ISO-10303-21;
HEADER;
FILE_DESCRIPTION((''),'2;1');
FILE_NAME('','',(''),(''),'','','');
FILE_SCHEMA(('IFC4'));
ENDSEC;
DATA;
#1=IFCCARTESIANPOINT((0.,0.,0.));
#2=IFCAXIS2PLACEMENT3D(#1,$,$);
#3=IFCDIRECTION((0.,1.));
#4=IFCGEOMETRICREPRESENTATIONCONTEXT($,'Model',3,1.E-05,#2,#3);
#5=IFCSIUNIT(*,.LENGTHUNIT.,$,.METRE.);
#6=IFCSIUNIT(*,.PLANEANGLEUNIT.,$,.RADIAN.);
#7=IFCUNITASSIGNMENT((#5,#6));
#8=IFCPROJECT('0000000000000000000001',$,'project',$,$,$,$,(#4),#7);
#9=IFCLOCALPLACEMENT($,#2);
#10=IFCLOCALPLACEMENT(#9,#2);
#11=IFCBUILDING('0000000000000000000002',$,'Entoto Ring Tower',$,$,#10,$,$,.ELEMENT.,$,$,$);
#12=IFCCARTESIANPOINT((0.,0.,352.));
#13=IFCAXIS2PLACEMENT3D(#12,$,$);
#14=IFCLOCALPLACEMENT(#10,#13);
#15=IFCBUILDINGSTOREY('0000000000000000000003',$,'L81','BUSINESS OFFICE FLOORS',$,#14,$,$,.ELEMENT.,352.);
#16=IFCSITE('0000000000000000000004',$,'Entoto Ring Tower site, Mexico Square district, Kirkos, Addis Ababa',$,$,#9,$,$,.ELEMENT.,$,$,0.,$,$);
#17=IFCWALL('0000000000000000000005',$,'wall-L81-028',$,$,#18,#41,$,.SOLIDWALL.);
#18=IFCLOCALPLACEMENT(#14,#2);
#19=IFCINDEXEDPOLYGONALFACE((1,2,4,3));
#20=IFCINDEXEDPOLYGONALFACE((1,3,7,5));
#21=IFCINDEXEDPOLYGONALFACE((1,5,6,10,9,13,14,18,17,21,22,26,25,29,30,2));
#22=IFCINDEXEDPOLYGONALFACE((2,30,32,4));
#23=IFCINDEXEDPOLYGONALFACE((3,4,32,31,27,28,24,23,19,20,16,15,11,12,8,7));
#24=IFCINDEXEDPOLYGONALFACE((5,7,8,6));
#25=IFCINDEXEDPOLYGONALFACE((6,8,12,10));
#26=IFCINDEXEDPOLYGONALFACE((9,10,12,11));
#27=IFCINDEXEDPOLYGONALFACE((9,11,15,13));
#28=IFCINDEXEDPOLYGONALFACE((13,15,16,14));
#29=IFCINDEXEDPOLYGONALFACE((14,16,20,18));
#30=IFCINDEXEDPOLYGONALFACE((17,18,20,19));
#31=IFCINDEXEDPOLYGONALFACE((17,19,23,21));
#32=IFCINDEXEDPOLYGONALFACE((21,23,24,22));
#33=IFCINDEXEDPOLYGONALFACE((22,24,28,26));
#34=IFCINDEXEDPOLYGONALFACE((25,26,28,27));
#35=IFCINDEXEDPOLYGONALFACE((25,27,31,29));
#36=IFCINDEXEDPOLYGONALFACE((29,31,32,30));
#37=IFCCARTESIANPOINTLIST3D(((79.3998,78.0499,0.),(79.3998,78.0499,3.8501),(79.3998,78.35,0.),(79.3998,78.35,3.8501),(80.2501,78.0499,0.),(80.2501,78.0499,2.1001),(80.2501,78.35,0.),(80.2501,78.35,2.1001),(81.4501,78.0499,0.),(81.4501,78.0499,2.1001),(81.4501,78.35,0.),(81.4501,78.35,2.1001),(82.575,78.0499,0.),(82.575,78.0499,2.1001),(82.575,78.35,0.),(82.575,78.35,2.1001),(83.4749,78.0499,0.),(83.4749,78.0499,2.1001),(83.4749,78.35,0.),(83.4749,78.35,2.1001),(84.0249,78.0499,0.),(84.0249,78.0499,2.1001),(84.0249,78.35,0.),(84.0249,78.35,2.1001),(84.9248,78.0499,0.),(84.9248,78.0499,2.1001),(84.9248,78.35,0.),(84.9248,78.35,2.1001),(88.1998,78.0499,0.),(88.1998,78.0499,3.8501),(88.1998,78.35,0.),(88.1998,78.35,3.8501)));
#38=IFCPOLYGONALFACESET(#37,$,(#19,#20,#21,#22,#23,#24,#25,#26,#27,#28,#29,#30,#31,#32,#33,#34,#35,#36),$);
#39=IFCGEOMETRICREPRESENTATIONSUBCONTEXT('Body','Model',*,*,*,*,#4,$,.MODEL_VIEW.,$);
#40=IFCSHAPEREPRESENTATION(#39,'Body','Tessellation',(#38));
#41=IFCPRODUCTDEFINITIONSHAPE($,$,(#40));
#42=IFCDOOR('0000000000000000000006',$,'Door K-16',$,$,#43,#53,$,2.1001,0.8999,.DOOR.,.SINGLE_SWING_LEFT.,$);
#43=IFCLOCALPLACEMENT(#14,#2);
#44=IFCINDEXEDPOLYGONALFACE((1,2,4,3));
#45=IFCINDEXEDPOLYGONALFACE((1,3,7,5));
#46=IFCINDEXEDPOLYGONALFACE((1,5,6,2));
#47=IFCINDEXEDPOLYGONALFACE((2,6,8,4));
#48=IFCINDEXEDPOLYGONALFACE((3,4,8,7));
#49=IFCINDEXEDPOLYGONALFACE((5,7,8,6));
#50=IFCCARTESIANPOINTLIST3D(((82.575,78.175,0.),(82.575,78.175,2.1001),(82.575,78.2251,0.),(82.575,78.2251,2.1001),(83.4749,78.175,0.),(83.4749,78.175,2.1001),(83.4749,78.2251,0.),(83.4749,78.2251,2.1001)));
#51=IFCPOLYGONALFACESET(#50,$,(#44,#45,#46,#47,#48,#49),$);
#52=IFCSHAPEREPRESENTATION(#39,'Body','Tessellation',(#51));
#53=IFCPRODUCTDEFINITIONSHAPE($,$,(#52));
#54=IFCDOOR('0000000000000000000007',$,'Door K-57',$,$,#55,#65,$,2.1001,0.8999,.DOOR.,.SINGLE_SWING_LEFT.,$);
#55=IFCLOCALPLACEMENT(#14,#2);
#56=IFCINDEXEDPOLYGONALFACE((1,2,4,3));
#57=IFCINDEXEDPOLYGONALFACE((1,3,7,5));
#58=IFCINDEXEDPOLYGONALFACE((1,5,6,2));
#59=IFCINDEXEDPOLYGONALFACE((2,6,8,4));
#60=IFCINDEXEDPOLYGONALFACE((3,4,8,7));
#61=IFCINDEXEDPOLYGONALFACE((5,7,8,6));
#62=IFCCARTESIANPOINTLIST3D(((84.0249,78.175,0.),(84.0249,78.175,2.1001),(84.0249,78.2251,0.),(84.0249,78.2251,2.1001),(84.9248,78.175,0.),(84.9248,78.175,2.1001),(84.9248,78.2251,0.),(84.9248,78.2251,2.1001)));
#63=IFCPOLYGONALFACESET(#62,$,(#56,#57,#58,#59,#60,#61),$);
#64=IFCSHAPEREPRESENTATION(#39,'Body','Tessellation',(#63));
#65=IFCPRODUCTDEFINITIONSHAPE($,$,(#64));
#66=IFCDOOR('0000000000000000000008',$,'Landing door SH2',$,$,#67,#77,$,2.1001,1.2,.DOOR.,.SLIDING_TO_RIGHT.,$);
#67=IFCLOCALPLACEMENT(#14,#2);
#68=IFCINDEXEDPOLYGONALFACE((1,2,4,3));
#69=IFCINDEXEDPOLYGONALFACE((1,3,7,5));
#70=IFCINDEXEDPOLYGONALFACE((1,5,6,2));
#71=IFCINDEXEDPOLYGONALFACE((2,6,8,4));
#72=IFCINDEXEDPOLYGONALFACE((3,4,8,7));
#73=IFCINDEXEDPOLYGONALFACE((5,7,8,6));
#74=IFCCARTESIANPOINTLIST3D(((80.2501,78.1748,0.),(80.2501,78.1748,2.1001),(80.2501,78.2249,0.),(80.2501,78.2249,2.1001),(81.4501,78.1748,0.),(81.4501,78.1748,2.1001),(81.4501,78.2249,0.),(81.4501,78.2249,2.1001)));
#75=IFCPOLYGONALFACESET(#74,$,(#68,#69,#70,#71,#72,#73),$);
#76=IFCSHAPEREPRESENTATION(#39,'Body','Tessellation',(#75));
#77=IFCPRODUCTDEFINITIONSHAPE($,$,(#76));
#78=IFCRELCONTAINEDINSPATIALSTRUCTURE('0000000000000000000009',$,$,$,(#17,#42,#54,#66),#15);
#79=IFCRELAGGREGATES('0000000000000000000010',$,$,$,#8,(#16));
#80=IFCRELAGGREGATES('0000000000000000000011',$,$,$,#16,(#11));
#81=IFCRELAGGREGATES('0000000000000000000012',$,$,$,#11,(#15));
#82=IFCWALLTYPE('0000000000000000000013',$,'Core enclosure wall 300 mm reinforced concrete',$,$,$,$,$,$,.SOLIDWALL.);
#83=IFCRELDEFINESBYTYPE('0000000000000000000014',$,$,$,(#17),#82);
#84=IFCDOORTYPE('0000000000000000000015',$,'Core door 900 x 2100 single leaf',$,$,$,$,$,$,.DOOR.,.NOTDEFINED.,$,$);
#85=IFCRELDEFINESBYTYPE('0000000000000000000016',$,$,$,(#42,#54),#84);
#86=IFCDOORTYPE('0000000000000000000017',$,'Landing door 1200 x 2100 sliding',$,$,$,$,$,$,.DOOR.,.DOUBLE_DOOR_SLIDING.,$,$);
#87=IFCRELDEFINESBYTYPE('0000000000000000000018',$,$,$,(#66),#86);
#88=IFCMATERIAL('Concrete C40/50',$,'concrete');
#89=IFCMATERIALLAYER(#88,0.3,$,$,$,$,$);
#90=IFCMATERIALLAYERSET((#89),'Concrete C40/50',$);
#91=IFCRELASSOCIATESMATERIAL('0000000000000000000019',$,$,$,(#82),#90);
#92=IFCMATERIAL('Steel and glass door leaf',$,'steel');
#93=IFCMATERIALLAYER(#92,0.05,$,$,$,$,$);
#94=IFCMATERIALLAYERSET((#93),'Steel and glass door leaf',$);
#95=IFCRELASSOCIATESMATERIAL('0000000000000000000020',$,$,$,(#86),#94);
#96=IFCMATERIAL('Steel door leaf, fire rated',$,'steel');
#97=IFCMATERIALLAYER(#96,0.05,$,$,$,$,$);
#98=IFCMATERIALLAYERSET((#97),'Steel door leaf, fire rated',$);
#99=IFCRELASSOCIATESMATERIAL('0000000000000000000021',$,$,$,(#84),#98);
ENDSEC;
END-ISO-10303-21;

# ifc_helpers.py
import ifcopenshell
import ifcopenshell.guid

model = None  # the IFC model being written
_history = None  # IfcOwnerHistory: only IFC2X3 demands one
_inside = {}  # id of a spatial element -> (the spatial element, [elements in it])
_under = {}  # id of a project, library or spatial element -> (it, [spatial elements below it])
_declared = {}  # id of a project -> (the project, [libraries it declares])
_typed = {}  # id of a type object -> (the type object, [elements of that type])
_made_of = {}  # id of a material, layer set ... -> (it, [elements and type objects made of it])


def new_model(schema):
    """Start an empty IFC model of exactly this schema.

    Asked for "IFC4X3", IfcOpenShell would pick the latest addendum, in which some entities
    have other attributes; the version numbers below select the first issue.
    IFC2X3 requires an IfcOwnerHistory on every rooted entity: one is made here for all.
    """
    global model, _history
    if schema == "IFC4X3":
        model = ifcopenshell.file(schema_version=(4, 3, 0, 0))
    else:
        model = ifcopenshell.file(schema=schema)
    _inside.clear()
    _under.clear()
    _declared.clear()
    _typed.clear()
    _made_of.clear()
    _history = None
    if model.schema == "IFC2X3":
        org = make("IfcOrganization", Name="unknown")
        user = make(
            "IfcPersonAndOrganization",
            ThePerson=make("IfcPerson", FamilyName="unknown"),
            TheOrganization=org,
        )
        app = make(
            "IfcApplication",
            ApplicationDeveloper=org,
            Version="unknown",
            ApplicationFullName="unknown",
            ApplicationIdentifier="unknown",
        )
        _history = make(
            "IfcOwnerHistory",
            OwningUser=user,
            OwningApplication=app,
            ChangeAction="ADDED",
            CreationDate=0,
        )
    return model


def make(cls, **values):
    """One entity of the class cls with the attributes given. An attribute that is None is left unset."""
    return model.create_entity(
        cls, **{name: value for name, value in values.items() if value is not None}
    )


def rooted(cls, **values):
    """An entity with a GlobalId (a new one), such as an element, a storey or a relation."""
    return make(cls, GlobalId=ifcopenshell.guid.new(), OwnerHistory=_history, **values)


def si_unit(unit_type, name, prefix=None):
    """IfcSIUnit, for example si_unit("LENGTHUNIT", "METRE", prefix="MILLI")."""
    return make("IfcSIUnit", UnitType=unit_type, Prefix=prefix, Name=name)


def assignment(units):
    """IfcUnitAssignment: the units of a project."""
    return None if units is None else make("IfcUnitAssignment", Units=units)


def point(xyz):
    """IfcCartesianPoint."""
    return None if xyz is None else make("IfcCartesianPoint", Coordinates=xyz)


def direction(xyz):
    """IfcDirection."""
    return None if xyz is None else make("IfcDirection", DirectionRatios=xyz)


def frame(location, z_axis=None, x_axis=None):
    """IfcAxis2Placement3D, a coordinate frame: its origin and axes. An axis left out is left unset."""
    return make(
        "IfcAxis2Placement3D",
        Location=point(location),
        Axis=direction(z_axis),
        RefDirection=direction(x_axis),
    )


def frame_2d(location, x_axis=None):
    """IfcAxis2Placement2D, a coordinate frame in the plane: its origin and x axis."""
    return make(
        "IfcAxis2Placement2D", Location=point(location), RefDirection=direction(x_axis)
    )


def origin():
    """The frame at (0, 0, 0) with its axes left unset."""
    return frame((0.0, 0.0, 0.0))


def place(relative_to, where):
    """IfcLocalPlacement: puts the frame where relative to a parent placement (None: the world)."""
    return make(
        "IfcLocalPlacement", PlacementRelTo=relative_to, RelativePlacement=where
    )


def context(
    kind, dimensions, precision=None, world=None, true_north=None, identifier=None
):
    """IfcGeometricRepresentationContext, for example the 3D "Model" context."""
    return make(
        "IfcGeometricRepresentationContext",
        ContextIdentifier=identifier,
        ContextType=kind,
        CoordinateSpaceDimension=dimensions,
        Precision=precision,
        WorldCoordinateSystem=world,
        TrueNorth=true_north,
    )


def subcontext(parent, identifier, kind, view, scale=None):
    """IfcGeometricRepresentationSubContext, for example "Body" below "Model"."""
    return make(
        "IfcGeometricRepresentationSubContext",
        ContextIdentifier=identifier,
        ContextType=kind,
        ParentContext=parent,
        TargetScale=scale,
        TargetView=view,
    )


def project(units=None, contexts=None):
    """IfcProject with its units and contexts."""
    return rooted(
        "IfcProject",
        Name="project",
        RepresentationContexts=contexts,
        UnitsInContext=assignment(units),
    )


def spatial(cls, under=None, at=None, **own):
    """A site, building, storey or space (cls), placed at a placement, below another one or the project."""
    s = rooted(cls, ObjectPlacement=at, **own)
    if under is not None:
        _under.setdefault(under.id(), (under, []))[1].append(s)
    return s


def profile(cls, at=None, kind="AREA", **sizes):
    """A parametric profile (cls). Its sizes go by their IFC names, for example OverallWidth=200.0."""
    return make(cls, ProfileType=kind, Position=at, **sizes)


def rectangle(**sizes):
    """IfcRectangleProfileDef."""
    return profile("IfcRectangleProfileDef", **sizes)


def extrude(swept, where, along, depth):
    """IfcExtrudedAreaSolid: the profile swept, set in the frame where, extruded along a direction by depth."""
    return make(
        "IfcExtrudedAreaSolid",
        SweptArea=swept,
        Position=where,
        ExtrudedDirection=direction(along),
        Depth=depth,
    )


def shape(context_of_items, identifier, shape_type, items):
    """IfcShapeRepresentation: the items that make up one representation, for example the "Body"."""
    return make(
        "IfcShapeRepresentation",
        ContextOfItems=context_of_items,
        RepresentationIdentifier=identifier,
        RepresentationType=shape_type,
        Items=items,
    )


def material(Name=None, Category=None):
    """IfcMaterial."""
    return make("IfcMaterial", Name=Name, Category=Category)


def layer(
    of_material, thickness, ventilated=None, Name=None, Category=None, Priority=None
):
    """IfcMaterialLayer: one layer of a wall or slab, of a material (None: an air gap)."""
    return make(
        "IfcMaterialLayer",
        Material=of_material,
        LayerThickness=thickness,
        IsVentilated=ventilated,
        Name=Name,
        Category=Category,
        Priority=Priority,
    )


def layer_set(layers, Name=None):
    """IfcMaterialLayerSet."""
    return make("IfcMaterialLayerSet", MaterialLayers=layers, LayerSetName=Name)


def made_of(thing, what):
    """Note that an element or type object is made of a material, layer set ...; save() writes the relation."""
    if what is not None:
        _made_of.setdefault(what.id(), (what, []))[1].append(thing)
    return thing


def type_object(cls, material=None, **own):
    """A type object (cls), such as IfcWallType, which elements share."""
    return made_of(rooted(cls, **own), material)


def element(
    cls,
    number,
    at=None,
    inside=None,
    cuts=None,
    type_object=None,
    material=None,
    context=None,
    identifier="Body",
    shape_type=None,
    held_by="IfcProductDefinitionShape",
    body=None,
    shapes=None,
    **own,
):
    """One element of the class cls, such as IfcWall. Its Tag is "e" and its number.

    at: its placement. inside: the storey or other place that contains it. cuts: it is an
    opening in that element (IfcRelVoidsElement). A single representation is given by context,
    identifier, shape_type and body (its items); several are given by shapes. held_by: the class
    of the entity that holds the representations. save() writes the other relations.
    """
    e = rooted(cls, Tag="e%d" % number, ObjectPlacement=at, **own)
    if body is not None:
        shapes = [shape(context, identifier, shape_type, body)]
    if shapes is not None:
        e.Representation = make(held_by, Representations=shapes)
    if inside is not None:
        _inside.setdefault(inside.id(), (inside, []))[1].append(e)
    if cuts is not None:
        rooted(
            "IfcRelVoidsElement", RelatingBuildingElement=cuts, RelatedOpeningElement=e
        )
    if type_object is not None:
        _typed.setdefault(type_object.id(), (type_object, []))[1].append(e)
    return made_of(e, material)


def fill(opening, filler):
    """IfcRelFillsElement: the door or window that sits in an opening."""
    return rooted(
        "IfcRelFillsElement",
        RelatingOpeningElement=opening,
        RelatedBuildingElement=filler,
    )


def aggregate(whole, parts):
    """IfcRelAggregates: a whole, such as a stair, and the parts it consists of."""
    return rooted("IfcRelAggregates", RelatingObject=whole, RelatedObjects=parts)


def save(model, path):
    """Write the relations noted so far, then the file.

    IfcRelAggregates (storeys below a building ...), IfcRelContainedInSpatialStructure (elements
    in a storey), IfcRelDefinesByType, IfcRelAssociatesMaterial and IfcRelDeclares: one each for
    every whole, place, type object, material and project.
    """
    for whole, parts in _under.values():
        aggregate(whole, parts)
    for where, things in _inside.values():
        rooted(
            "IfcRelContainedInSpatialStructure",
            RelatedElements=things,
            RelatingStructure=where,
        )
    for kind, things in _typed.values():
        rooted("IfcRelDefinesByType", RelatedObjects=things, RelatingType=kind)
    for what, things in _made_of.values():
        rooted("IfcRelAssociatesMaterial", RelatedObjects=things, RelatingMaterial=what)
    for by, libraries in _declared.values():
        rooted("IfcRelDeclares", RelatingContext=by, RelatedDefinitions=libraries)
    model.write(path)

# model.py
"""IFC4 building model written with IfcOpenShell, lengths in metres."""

from ifc_helpers import new_model, si_unit, direction, frame, frame_2d, origin, place, context, subcontext, project, spatial, rectangle, extrude, material, layer, layer_set, type_object, element, fill, save


model = new_model("IFC4")

# Units and contexts
model_context = context("Model", 3, precision=1e-05, world=origin(), true_north=direction((0.0, 1.0)))
body_context = subcontext(model_context, "Body", "Model", "MODEL_VIEW")
ifc_project = project(units=[si_unit("LENGTHUNIT", "METRE"), si_unit("PLANEANGLEUNIT", "RADIAN")], contexts=[model_context])

# Site, building, storey
site_placement = place(None, origin())
site = spatial("IfcSite", under=ifc_project, at=site_placement, Name="Entoto Ring Tower site, Mexico Square district, Kirkos, Addis Ababa", CompositionType="ELEMENT", RefElevation=0.0)
building_placement = place(site_placement, origin())
building = spatial("IfcBuilding", under=site, at=building_placement, Name="Entoto Ring Tower", CompositionType="ELEMENT")
storey_placement = place(building_placement, frame((0.0, 0.0, 352.0)))
storey = spatial("IfcBuildingStorey", under=building, at=storey_placement, Name="L81", Description="BUSINESS OFFICE FLOORS", CompositionType="ELEMENT", Elevation=352.0)

# Shared definitions
ifc_material_1 = material(Name="Concrete C40/50", Category="concrete")
ifc_layer_1 = layer(ifc_material_1, 0.3)
ifc_layer_set_1 = layer_set([ifc_layer_1], Name="Concrete C40/50")
wall_type_1 = type_object("IfcWallType", Name="Core enclosure wall 300 mm reinforced concrete", PredefinedType="SOLIDWALL", material=ifc_layer_set_1)
ifc_material_2 = material(Name="Steel and glass door leaf", Category="steel")
ifc_layer_2 = layer(ifc_material_2, 0.05)
ifc_layer_set_2 = layer_set([ifc_layer_2], Name="Steel and glass door leaf")
door_type_1 = type_object("IfcDoorType", Name="Landing door 1200 x 2100 sliding", OperationType="DOUBLE_DOOR_SLIDING", PredefinedType="DOOR", material=ifc_layer_set_2)

# Wall, openings, doors
wall_1_placement = place(storey_placement, frame((79.3999, 78.2, 0.0), z_axis=(0.0, 0.0, 1.0), x_axis=(1.0, 0.0, 0.0)))
wall_1 = element("IfcWall", 1, at=wall_1_placement, inside=storey, type_object=wall_type_1, Name="wall-L81-028", PredefinedType="SOLIDWALL", context=body_context, shape_type="SweptSolid", body=[
    extrude(rectangle(XDim=8.8, YDim=0.3, at=frame_2d((4.3999, 0.0))), origin(), (0.0, 0.0, 1.0), 3.8501),
])
opening_1_placement = place(wall_1_placement, frame((0.8501, 0.0, 0.0)))
opening_1 = element("IfcOpeningElement", 2, at=opening_1_placement, cuts=wall_1, PredefinedType="OPENING", context=body_context, shape_type="SweptSolid", body=[
    extrude(rectangle(XDim=1.2, YDim=2.1001, at=frame_2d((0.6001, 1.05))), frame((0.0, 0.1602, 0.0), z_axis=(0.0, -1.0, 0.0), x_axis=(1.0, 0.0, 0.0)), (0.0, 0.0, 1.0), 0.3201),
])
opening_2_placement = place(wall_1_placement, frame((3.175, 0.0, 0.0)))
opening_2 = element("IfcOpeningElement", 3, at=opening_2_placement, cuts=wall_1, PredefinedType="OPENING", context=body_context, shape_type="SweptSolid", body=[
    extrude(rectangle(XDim=0.8999, YDim=2.1001, at=frame_2d((0.45, 1.05))), frame((0.0, 0.1602, 0.0), z_axis=(0.0, -1.0, 0.0), x_axis=(1.0, 0.0, 0.0)), (0.0, 0.0, 1.0), 0.3201),
])
opening_3_placement = place(wall_1_placement, frame((4.625, 0.0, 0.0)))
opening_3 = element("IfcOpeningElement", 4, at=opening_3_placement, cuts=wall_1, PredefinedType="OPENING", context=body_context, shape_type="SweptSolid", body=[
    extrude(rectangle(XDim=0.8999, YDim=2.1001, at=frame_2d((0.45, 1.05))), frame((0.0, 0.1602, 0.0), z_axis=(0.0, -1.0, 0.0), x_axis=(1.0, 0.0, 0.0)), (0.0, 0.0, 1.0), 0.3201),
])
ifc_material_3 = material(Name="Steel door leaf, fire rated", Category="steel")
ifc_layer_3 = layer(ifc_material_3, 0.05)
ifc_layer_set_3 = layer_set([ifc_layer_3], Name="Steel door leaf, fire rated")
door_type_2 = type_object("IfcDoorType", Name="Core door 900 x 2100 single leaf", OperationType="NOTDEFINED", PredefinedType="DOOR", material=ifc_layer_set_3)
door_1_placement = place(opening_2_placement, frame((0.8999, 0.0, 0.0), z_axis=(0.0, 0.0, 1.0), x_axis=(-1.0, 0.0, 0.0)))
door_1 = element("IfcDoor", 5, at=door_1_placement, inside=storey, type_object=door_type_2, Name="Door K-16", OperationType="SINGLE_SWING_LEFT", OverallHeight=2.1001, OverallWidth=0.8999, PredefinedType="DOOR", context=body_context, shape_type="SweptSolid", body=[
    extrude(rectangle(XDim=0.8999, YDim=2.1001, at=frame_2d((0.45, 1.05))), frame((0.0, 0.0249, 0.0), z_axis=(0.0, -1.0, 0.0), x_axis=(1.0, 0.0, 0.0)), (0.0, 0.0, 1.0), 0.05),
])
fill(opening_2, door_1)
door_2_placement = place(opening_3_placement, frame((0.8999, 0.0, 0.0), z_axis=(0.0, 0.0, 1.0), x_axis=(-1.0, 0.0, 0.0)))
door_2 = element("IfcDoor", 6, at=door_2_placement, inside=storey, type_object=door_type_2, Name="Door K-57", OperationType="SINGLE_SWING_LEFT", OverallHeight=2.1001, OverallWidth=0.8999, PredefinedType="DOOR", context=body_context, shape_type="SweptSolid", body=[
    extrude(rectangle(XDim=0.8999, YDim=2.1001, at=frame_2d((0.45, 1.05))), frame((0.0, 0.0249, 0.0), z_axis=(0.0, -1.0, 0.0), x_axis=(1.0, 0.0, 0.0)), (0.0, 0.0, 1.0), 0.05),
])
fill(opening_3, door_2)
door_3_placement = place(opening_1_placement, origin())
door_3 = element("IfcDoor", 7, at=door_3_placement, inside=storey, type_object=door_type_1, Name="Landing door SH2", OperationType="SLIDING_TO_RIGHT", OverallHeight=2.1001, OverallWidth=1.2, PredefinedType="DOOR", context=body_context, shape_type="SweptSolid", body=[
    extrude(rectangle(XDim=1.2, YDim=2.1001, at=frame_2d((0.6001, 1.05))), frame((0.0, 0.0249, 0.0), z_axis=(0.0, -1.0, 0.0), x_axis=(1.0, 0.0, 0.0)), (0.0, 0.0, 1.0), 0.05),
])
fill(opening_1, door_3)

save(model, "model.ifc")
